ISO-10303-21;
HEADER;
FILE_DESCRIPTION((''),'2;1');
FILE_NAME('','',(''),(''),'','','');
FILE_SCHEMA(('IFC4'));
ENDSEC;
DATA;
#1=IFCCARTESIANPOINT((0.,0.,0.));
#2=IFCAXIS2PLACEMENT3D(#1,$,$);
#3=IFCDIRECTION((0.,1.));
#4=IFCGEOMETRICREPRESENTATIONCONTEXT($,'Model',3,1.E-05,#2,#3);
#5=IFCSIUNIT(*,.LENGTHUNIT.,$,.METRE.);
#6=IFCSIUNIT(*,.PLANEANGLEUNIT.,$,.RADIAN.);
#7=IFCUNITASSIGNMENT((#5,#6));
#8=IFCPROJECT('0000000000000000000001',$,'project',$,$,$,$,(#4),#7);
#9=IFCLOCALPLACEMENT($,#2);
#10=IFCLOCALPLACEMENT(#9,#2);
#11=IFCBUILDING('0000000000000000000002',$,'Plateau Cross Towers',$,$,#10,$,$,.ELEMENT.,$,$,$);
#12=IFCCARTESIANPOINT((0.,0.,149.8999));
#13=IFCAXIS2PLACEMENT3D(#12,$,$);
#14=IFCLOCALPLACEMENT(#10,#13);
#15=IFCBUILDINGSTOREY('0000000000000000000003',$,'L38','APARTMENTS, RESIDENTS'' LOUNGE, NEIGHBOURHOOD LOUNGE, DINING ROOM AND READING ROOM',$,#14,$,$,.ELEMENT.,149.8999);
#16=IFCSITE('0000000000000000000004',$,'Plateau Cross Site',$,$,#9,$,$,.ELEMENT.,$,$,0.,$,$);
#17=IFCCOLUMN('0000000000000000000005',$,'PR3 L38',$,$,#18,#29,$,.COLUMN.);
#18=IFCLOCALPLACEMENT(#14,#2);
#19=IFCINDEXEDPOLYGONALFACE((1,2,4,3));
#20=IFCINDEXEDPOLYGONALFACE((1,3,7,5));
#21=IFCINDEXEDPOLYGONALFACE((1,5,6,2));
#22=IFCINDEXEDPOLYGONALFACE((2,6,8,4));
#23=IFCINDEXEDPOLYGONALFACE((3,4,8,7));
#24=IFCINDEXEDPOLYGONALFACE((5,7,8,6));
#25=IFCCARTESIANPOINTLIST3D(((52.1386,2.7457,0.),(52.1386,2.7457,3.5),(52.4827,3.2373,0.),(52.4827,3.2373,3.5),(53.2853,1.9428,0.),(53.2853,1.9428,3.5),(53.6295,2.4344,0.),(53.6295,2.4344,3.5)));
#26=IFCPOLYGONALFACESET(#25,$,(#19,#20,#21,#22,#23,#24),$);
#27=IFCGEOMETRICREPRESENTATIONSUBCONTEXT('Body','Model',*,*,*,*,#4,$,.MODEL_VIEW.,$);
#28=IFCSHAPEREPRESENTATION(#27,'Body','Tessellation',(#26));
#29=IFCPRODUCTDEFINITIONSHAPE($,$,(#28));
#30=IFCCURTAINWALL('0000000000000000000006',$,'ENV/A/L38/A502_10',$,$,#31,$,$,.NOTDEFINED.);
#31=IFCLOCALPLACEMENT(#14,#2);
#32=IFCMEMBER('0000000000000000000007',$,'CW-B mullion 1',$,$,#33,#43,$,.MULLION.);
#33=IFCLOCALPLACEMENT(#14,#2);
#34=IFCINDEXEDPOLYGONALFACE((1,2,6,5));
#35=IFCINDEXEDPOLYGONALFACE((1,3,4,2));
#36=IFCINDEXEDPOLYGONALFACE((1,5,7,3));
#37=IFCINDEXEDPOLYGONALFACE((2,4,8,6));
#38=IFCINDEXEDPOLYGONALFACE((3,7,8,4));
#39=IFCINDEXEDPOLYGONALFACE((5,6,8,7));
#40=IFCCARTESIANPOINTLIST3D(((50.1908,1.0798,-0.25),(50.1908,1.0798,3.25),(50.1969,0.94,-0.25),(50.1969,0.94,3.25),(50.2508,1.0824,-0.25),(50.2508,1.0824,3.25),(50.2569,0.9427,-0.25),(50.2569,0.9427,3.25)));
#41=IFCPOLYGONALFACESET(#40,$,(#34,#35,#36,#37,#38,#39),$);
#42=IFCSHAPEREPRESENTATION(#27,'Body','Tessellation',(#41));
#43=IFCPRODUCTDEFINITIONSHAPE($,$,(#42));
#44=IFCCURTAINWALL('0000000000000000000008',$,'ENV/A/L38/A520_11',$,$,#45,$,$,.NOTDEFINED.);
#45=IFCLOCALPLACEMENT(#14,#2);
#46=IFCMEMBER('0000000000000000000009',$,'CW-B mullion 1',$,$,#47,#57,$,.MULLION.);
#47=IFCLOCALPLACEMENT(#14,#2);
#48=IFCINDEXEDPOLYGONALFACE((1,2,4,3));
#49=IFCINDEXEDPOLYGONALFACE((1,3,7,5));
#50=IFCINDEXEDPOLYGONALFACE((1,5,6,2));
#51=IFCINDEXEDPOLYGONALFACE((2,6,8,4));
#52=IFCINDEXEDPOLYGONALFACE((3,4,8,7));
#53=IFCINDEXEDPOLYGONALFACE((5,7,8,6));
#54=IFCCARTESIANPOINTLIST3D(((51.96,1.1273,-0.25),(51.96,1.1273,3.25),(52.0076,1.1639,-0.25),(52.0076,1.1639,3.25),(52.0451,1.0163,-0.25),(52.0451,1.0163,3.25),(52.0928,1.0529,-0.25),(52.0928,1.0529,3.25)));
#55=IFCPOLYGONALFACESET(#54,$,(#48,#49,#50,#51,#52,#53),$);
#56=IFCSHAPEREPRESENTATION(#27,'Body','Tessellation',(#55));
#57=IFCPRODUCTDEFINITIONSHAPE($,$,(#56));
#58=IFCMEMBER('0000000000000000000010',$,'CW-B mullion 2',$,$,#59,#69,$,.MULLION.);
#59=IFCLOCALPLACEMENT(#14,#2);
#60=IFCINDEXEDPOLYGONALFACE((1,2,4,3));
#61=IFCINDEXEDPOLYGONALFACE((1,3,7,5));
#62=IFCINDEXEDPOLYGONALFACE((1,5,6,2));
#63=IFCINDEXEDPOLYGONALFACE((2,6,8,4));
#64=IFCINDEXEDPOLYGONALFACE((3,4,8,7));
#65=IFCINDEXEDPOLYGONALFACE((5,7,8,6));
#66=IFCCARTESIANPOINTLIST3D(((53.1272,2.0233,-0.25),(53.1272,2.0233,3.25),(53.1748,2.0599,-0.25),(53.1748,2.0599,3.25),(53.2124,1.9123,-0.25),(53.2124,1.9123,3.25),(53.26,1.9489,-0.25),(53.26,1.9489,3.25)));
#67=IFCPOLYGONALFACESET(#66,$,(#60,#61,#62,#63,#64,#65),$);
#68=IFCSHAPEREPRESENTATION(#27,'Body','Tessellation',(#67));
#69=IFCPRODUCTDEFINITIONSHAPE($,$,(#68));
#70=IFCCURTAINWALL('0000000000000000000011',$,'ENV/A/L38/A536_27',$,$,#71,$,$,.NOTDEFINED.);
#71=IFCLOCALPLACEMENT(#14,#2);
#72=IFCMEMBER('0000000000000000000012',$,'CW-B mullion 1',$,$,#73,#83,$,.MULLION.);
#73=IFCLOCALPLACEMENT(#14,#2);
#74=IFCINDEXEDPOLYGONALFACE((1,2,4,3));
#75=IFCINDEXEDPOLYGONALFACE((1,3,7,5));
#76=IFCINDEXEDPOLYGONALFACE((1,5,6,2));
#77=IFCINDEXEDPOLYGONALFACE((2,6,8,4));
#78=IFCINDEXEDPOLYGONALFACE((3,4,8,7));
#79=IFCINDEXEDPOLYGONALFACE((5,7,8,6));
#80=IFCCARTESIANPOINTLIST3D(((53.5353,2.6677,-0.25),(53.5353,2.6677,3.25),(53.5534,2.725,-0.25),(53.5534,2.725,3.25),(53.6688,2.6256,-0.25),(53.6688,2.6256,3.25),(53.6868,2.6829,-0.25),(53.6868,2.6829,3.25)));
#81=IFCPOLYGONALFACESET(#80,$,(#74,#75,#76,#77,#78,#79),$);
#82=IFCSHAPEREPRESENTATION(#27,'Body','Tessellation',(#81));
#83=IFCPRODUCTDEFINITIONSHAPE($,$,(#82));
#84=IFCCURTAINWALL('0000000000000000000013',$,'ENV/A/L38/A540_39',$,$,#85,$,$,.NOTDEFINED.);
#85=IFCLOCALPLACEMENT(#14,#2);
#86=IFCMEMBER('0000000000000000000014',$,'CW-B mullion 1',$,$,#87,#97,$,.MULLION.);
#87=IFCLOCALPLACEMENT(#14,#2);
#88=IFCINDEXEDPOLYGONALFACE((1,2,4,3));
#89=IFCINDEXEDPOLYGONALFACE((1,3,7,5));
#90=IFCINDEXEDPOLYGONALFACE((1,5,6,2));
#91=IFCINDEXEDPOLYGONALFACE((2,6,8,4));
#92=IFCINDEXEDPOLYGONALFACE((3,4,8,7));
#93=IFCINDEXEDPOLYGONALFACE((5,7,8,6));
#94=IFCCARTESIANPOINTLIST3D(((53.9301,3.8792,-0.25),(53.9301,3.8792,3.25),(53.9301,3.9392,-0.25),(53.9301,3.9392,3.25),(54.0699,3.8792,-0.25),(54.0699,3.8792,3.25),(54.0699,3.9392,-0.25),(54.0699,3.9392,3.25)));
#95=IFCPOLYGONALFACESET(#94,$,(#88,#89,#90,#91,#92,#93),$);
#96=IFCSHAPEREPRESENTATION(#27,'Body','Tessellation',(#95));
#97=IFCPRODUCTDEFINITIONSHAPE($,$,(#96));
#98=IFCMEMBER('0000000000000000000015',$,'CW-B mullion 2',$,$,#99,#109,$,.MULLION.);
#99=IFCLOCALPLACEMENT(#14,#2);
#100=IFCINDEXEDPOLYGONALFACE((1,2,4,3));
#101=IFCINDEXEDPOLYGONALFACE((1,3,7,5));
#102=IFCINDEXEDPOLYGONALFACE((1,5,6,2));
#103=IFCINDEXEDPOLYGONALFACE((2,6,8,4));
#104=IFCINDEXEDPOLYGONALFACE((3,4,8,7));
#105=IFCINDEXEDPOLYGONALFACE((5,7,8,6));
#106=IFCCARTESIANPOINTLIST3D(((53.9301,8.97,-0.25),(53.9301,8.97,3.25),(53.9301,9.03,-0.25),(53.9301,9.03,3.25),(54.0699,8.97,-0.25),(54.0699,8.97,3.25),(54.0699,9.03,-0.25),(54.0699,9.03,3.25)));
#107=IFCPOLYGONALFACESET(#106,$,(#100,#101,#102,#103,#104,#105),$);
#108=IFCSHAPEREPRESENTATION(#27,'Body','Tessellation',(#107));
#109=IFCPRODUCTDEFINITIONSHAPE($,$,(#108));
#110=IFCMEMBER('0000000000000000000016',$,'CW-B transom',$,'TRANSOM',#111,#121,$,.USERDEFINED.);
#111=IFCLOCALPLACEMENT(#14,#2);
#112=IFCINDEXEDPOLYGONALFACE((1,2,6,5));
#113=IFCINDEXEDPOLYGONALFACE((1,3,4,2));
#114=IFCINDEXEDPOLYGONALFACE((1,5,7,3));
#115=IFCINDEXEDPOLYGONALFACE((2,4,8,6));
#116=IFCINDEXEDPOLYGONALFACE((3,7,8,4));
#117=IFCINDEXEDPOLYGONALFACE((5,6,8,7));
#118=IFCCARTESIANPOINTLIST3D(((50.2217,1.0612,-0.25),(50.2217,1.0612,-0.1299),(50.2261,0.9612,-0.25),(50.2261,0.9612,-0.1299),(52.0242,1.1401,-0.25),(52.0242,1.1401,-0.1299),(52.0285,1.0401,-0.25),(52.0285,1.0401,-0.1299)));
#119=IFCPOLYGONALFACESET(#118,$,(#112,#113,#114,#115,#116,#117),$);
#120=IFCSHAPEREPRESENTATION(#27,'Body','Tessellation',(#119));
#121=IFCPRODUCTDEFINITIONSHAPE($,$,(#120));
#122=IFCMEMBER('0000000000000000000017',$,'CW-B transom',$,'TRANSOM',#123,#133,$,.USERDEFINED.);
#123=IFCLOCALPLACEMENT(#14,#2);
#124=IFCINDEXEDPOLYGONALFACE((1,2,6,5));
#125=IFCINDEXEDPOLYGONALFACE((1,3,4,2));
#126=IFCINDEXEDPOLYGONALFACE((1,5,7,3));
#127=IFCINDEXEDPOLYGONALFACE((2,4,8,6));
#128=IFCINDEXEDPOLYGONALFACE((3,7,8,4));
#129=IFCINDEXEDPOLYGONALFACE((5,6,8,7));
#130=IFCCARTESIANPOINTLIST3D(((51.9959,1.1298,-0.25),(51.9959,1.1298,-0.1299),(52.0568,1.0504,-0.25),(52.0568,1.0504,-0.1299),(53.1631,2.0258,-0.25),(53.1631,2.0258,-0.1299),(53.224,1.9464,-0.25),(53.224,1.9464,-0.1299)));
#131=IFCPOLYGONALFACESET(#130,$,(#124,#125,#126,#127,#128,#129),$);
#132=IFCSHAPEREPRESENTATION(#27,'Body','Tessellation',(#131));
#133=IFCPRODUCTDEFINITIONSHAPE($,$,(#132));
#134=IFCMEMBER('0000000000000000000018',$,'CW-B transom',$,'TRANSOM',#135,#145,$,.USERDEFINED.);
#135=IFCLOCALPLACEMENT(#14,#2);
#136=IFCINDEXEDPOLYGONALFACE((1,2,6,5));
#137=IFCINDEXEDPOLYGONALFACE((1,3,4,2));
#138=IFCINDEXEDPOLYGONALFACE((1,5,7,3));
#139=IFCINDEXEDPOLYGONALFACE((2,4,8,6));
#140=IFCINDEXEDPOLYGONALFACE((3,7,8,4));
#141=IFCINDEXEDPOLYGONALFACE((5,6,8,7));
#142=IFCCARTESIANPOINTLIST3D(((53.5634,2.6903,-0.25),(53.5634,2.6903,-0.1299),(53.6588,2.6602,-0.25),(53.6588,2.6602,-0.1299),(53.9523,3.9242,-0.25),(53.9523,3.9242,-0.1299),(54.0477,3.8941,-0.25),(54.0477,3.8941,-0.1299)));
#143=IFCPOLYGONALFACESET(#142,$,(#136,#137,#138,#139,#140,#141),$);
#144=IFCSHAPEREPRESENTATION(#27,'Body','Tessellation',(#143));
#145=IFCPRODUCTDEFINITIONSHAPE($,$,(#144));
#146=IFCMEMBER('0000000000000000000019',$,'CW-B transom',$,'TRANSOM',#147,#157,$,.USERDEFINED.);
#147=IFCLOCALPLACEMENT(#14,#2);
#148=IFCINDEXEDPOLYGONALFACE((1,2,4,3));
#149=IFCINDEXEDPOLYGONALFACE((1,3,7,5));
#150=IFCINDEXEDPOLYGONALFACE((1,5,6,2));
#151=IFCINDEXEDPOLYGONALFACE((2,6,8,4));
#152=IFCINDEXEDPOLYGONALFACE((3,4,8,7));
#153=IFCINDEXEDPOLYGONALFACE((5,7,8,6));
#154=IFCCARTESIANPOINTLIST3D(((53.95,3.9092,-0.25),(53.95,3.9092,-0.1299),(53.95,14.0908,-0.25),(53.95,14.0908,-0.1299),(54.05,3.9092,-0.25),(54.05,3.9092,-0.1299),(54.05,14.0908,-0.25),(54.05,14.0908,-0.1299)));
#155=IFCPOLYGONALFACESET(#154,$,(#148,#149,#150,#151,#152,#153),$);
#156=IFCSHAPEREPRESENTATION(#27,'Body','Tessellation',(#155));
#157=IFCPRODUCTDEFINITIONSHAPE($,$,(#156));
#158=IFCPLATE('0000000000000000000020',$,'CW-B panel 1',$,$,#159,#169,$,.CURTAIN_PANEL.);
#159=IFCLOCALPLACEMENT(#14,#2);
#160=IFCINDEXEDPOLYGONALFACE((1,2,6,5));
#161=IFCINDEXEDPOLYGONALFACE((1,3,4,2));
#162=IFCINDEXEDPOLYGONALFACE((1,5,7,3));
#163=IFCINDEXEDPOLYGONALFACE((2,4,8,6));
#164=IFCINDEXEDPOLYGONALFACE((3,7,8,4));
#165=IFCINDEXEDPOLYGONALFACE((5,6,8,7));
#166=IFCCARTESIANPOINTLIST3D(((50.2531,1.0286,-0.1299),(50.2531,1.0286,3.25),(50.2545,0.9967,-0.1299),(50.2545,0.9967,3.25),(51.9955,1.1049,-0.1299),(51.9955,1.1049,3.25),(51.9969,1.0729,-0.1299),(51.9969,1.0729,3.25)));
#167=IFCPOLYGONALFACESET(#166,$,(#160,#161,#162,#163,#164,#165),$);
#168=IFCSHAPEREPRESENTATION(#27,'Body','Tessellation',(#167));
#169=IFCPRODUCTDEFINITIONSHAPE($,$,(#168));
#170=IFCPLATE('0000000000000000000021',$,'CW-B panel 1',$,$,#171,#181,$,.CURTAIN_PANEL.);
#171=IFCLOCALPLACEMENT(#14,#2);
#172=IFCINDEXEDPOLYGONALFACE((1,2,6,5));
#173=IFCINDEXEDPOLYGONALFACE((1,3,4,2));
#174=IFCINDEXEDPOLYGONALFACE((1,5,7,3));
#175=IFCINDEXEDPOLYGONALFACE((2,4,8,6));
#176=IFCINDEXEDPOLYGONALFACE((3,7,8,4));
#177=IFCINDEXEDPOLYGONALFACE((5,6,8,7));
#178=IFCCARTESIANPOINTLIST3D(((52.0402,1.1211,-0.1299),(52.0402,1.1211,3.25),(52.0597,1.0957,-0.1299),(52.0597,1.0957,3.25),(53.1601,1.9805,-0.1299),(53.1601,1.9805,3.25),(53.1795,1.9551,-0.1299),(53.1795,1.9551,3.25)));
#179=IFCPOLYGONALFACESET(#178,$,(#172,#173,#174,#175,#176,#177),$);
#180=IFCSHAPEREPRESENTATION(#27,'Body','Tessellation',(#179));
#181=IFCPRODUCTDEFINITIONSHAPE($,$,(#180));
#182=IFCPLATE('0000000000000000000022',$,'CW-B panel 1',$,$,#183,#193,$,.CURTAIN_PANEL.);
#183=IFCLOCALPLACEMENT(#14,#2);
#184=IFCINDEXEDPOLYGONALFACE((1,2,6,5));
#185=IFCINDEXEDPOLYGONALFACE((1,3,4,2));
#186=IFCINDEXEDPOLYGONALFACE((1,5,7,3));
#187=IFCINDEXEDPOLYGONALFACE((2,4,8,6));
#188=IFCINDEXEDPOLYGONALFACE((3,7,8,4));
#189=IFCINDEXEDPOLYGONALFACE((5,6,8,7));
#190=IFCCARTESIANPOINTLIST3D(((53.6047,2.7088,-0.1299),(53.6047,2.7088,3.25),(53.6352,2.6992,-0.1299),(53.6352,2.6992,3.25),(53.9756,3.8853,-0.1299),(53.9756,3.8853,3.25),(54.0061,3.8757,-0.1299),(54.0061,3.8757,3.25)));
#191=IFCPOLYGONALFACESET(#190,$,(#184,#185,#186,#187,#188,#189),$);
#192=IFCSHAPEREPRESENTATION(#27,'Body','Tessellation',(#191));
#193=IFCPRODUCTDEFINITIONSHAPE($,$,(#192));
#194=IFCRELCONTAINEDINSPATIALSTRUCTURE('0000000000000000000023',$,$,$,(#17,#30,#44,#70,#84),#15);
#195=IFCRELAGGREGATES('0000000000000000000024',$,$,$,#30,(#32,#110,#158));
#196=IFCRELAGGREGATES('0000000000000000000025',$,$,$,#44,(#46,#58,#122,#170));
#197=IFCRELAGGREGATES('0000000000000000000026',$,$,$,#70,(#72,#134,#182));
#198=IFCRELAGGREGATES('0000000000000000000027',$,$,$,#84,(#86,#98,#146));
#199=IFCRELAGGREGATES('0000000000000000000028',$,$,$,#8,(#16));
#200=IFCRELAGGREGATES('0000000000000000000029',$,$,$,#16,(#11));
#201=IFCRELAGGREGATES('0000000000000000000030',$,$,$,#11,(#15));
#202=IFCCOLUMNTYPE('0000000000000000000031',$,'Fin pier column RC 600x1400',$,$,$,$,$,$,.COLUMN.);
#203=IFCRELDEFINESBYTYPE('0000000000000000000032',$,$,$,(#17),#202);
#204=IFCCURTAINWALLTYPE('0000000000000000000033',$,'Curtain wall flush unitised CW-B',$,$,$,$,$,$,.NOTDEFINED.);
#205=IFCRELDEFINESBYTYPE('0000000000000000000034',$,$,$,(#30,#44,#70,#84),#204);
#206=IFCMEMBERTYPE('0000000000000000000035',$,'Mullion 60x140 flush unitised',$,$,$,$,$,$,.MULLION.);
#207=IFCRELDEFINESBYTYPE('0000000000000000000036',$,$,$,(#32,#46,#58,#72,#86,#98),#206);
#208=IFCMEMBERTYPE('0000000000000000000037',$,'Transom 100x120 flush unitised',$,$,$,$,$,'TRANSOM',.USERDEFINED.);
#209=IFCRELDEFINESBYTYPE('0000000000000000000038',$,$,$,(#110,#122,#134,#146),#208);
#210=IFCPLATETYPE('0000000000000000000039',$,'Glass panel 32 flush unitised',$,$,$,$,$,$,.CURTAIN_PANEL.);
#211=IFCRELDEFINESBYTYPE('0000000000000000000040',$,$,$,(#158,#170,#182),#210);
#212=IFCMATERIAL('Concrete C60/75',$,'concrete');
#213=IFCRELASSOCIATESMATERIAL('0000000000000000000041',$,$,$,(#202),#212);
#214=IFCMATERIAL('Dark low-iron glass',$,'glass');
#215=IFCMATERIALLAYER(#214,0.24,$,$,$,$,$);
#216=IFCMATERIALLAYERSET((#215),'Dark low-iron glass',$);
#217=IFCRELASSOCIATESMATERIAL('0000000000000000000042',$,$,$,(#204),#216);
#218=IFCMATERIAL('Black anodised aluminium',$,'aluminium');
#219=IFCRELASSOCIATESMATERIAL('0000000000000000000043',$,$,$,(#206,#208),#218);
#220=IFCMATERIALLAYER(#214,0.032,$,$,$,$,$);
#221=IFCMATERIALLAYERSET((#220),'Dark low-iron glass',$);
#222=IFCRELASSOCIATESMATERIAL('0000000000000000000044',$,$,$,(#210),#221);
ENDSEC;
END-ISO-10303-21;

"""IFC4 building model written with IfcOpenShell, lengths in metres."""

from ifc_helpers import new_model, si_unit, direction, frame, origin, origin_2d, place, context, subcontext, project, spatial, rectangle, extrude, material, layer, layer_set, material_profile, profile_set, type_object, element, aggregate, save


model = new_model("IFC4")

# Units and contexts
model_context = context("Model", 3, precision=1e-05, world=origin(), true_north=direction((0.0, 1.0)))
body_context = subcontext(model_context, "Body", "Model", "MODEL_VIEW")
ifc_project = project(units=[si_unit("LENGTHUNIT", "METRE"), si_unit("PLANEANGLEUNIT", "RADIAN")], contexts=[model_context])

# Site, building, storey
site_placement = place(None, origin())
site = spatial("IfcSite", under=ifc_project, at=site_placement, Name="Plateau Cross Site", CompositionType="ELEMENT", RefElevation=0.0)
building_placement = place(site_placement, origin())
building = spatial("IfcBuilding", under=site, at=building_placement, Name="Plateau Cross Towers", CompositionType="ELEMENT")
storey_placement = place(building_placement, frame((0.0, 0.0, 149.8999)))
storey = spatial("IfcBuildingStorey", under=building, at=storey_placement, Name="L38", Description="APARTMENTS, RESIDENTS' LOUNGE, NEIGHBOURHOOD LOUNGE, DINING ROOM AND READING ROOM", CompositionType="ELEMENT", Elevation=149.8999)

# Column
ifc_material_1 = material(Name="Concrete C60/75", Category="concrete")
ifc_material_profile_1 = material_profile(ifc_material_1, rectangle(XDim=0.6001, YDim=1.3999, at=origin_2d()), Name="RC 600x1400")
ifc_profile_set_1 = profile_set([ifc_material_profile_1], Name="Concrete C60/75")
column_type = type_object("IfcColumnType", Name="Fin pier column RC 600x1400", PredefinedType="COLUMN", material=ifc_profile_set_1)
column_placement = place(storey_placement, frame((52.884, 2.5901, 0.0), z_axis=(0.0, 0.0, 1.0), x_axis=(0.573543, 0.819176, 0.0)))
element("IfcColumn", 1, at=column_placement, inside=storey, type_object=column_type, Name="PR3 L38", PredefinedType="COLUMN", context=body_context, shape_type="SweptSolid", body=[
    extrude(rectangle(XDim=0.6001, YDim=1.3999, at=origin_2d()), origin(), (0.0, 0.0, 1.0), 3.5),
])

# Curtain wall, member
ifc_material_2 = material(Name="Dark low-iron glass", Category="glass")
ifc_layer_1 = layer(ifc_material_2, 0.24)
ifc_layer_set_1 = layer_set([ifc_layer_1], Name="Dark low-iron glass")
curtain_wall_type_1 = type_object("IfcCurtainWallType", Name="Curtain wall flush unitised CW-B", PredefinedType="NOTDEFINED", material=ifc_layer_set_1)
curtain_wall_1_placement = place(storey_placement, origin())
curtain_wall_1 = element("IfcCurtainWall", 2, at=curtain_wall_1_placement, inside=storey, type_object=curtain_wall_type_1, Name="ENV/A/L38/A502_10", PredefinedType="NOTDEFINED")
ifc_material_3 = material(Name="Black anodised aluminium", Category="aluminium")
ifc_material_profile_2 = material_profile(ifc_material_3, rectangle(XDim=0.0601, YDim=0.1399, at=origin_2d()), Name="MULLION 60x140")
ifc_profile_set_2 = profile_set([ifc_material_profile_2], Name="Black anodised aluminium")
member_type_1 = type_object("IfcMemberType", Name="Mullion 60x140 flush unitised", PredefinedType="MULLION", material=ifc_profile_set_2)
member_1_placement = place(storey_placement, frame((50.2239, 1.0112, -0.25), z_axis=(0.0, 0.0, 1.0), x_axis=(0.999044, 0.043723, 0.0)))
member_1 = element("IfcMember", 3, at=member_1_placement, type_object=member_type_1, Name="CW-B mullion 1", PredefinedType="MULLION", context=body_context, shape_type="SweptSolid", body=[
    extrude(rectangle(XDim=0.0601, YDim=0.1399, at=origin_2d()), origin(), (0.0, 0.0, 1.0), 3.5),
])

# Curtain wall, members
curtain_wall_2_placement = place(storey_placement, origin())
curtain_wall_2 = element("IfcCurtainWall", 4, at=curtain_wall_2_placement, inside=storey, type_object=curtain_wall_type_1, Name="ENV/A/L38/A520_11", PredefinedType="NOTDEFINED")
member_2_placement = place(storey_placement, frame((52.0264, 1.0901, -0.25), z_axis=(0.0, 0.0, 1.0), x_axis=(0.793316, 0.608811, 0.0)))
member_2 = element("IfcMember", 5, at=member_2_placement, type_object=member_type_1, Name="CW-B mullion 1", PredefinedType="MULLION", context=body_context, shape_type="SweptSolid", body=[
    extrude(rectangle(XDim=0.0601, YDim=0.1399, at=origin_2d()), origin(), (0.0, 0.0, 1.0), 3.5),
])
member_3_placement = place(storey_placement, frame((53.1936, 1.9861, -0.25), z_axis=(0.0, 0.0, 1.0), x_axis=(0.793316, 0.608811, 0.0)))
member_3 = element("IfcMember", 6, at=member_3_placement, type_object=member_type_1, Name="CW-B mullion 2", PredefinedType="MULLION", context=body_context, shape_type="SweptSolid", body=[
    extrude(rectangle(XDim=0.0601, YDim=0.1399, at=origin_2d()), origin(), (0.0, 0.0, 1.0), 3.5),
])

# Curtain wall, member
curtain_wall_3_placement = place(storey_placement, origin())
curtain_wall_3 = element("IfcCurtainWall", 7, at=curtain_wall_3_placement, inside=storey, type_object=curtain_wall_type_1, Name="ENV/A/L38/A536_27", PredefinedType="NOTDEFINED")
member_4_placement = place(storey_placement, frame((53.6111, 2.6753, -0.25), z_axis=(0.0, 0.0, 1.0), x_axis=(0.300686, 0.953723, 0.0)))
member_4 = element("IfcMember", 8, at=member_4_placement, type_object=member_type_1, Name="CW-B mullion 1", PredefinedType="MULLION", context=body_context, shape_type="SweptSolid", body=[
    extrude(rectangle(XDim=0.0601, YDim=0.1399, at=origin_2d()), origin(), (0.0, 0.0, 1.0), 3.5),
])

# Curtain wall, members
curtain_wall_4_placement = place(storey_placement, origin())
curtain_wall_4 = element("IfcCurtainWall", 9, at=curtain_wall_4_placement, inside=storey, type_object=curtain_wall_type_1, Name="ENV/A/L38/A540_39", PredefinedType="NOTDEFINED")
member_5_placement = place(storey_placement, frame((54.0, 3.9092, -0.25), z_axis=(0.0, 0.0, 1.0), x_axis=(0.0, 1.0, 0.0)))
member_5 = element("IfcMember", 10, at=member_5_placement, type_object=member_type_1, Name="CW-B mullion 1", PredefinedType="MULLION", context=body_context, shape_type="SweptSolid", body=[
    extrude(rectangle(XDim=0.0601, YDim=0.1399, at=origin_2d()), origin(), (0.0, 0.0, 1.0), 3.5),
])
member_6_placement = place(storey_placement, frame((54.0, 9.0, -0.25), z_axis=(0.0, 0.0, 1.0), x_axis=(0.0, 1.0, 0.0)))
member_6 = element("IfcMember", 11, at=member_6_placement, type_object=member_type_1, Name="CW-B mullion 2", PredefinedType="MULLION", context=body_context, shape_type="SweptSolid", body=[
    extrude(rectangle(XDim=0.0601, YDim=0.1399, at=origin_2d()), origin(), (0.0, 0.0, 1.0), 3.5),
])

# Members
ifc_material_profile_3 = material_profile(ifc_material_3, rectangle(XDim=0.1001, YDim=0.1201, at=origin_2d()), Name="TRANSOM 100x120")
ifc_profile_set_3 = profile_set([ifc_material_profile_3], Name="Black anodised aluminium")
member_type_2 = type_object("IfcMemberType", Name="Transom 100x120 flush unitised", ElementType="TRANSOM", PredefinedType="USERDEFINED", material=ifc_profile_set_3)
member_7_placement = place(storey_placement, frame((50.2239, 1.0112, -0.1899), z_axis=(0.999044, 0.043707, 0.0), x_axis=(-0.043707, 0.999044, 0.0)))
member_7 = element("IfcMember", 12, at=member_7_placement, type_object=member_type_2, Name="CW-B transom", ObjectType="TRANSOM", PredefinedType="USERDEFINED", context=body_context, shape_type="SweptSolid", body=[
    extrude(rectangle(XDim=0.1001, YDim=0.1201, at=origin_2d()), origin(), (0.0, 0.0, 1.0), 1.8042),
])
member_8_placement = place(storey_placement, frame((52.0264, 1.0901, -0.1899), z_axis=(0.79324, 0.608909, 0.0), x_axis=(-0.608909, 0.79324, 0.0)))
member_8 = element("IfcMember", 13, at=member_8_placement, type_object=member_type_2, Name="CW-B transom", ObjectType="TRANSOM", PredefinedType="USERDEFINED", context=body_context, shape_type="SweptSolid", body=[
    extrude(rectangle(XDim=0.1001, YDim=0.1201, at=origin_2d()), origin(), (0.0, 0.0, 1.0), 1.4714),
])
member_9_placement = place(storey_placement, frame((53.6111, 2.6753, -0.1899), z_axis=(0.300617, 0.953745, 0.0), x_axis=(-0.953745, 0.300617, 0.0)))
member_9 = element("IfcMember", 14, at=member_9_placement, type_object=member_type_2, Name="CW-B transom", ObjectType="TRANSOM", PredefinedType="USERDEFINED", context=body_context, shape_type="SweptSolid", body=[
    extrude(rectangle(XDim=0.1001, YDim=0.1201, at=origin_2d()), origin(), (0.0, 0.0, 1.0), 1.2937),
])
member_10_placement = place(storey_placement, frame((54.0, 3.9092, -0.1899), z_axis=(0.0, 1.0, 0.0), x_axis=(-1.0, 0.0, 0.0)))
member_10 = element("IfcMember", 15, at=member_10_placement, type_object=member_type_2, Name="CW-B transom", ObjectType="TRANSOM", PredefinedType="USERDEFINED", context=body_context, shape_type="SweptSolid", body=[
    extrude(rectangle(XDim=0.1001, YDim=0.1201, at=origin_2d()), origin(), (0.0, 0.0, 1.0), 10.1816),
])

# Plates
ifc_layer_2 = layer(ifc_material_2, 0.032)
ifc_layer_set_2 = layer_set([ifc_layer_2], Name="Dark low-iron glass")
plate_type_1 = type_object("IfcPlateType", Name="Glass panel 32 flush unitised", PredefinedType="CURTAIN_PANEL", material=ifc_layer_set_2)
plate_1_placement = place(storey_placement, frame((51.125, 1.0508, -0.1299), z_axis=(0.0, 0.0, 1.0), x_axis=(0.999044, 0.043723, 0.0)))
plate_1 = element("IfcPlate", 16, at=plate_1_placement, type_object=plate_type_1, Name="CW-B panel 1", PredefinedType="CURTAIN_PANEL", context=body_context, shape_type="SweptSolid", body=[
    extrude(rectangle(XDim=1.7441, YDim=0.032, at=origin_2d()), origin(), (0.0, 0.0, 1.0), 3.3799),
])
aggregate(curtain_wall_1, [member_1, member_7, plate_1])
plate_2_placement = place(storey_placement, frame((52.6099, 1.5381, -0.1299), z_axis=(0.0, 0.0, 1.0), x_axis=(0.793316, 0.608811, 0.0)))
plate_2 = element("IfcPlate", 17, at=plate_2_placement, type_object=plate_type_1, Name="CW-B panel 1", PredefinedType="CURTAIN_PANEL", context=body_context, shape_type="SweptSolid", body=[
    extrude(rectangle(XDim=1.4116, YDim=0.032, at=origin_2d()), origin(), (0.0, 0.0, 1.0), 3.3799),
])
aggregate(curtain_wall_2, [member_2, member_3, member_8, plate_2])
plate_3_placement = place(storey_placement, frame((53.8054, 3.2922, -0.1299), z_axis=(0.0, 0.0, 1.0), x_axis=(0.300686, 0.953723, 0.0)))
plate_3 = element("IfcPlate", 18, at=plate_3_placement, type_object=plate_type_1, Name="CW-B panel 1", PredefinedType="CURTAIN_PANEL", context=body_context, shape_type="SweptSolid", body=[
    extrude(rectangle(XDim=1.2336, YDim=0.032, at=origin_2d()), origin(), (0.0, 0.0, 1.0), 3.3799),
])
aggregate(curtain_wall_3, [member_4, member_9, plate_3])
aggregate(curtain_wall_4, [member_5, member_6, member_10])

save(model, "model.ifc")
